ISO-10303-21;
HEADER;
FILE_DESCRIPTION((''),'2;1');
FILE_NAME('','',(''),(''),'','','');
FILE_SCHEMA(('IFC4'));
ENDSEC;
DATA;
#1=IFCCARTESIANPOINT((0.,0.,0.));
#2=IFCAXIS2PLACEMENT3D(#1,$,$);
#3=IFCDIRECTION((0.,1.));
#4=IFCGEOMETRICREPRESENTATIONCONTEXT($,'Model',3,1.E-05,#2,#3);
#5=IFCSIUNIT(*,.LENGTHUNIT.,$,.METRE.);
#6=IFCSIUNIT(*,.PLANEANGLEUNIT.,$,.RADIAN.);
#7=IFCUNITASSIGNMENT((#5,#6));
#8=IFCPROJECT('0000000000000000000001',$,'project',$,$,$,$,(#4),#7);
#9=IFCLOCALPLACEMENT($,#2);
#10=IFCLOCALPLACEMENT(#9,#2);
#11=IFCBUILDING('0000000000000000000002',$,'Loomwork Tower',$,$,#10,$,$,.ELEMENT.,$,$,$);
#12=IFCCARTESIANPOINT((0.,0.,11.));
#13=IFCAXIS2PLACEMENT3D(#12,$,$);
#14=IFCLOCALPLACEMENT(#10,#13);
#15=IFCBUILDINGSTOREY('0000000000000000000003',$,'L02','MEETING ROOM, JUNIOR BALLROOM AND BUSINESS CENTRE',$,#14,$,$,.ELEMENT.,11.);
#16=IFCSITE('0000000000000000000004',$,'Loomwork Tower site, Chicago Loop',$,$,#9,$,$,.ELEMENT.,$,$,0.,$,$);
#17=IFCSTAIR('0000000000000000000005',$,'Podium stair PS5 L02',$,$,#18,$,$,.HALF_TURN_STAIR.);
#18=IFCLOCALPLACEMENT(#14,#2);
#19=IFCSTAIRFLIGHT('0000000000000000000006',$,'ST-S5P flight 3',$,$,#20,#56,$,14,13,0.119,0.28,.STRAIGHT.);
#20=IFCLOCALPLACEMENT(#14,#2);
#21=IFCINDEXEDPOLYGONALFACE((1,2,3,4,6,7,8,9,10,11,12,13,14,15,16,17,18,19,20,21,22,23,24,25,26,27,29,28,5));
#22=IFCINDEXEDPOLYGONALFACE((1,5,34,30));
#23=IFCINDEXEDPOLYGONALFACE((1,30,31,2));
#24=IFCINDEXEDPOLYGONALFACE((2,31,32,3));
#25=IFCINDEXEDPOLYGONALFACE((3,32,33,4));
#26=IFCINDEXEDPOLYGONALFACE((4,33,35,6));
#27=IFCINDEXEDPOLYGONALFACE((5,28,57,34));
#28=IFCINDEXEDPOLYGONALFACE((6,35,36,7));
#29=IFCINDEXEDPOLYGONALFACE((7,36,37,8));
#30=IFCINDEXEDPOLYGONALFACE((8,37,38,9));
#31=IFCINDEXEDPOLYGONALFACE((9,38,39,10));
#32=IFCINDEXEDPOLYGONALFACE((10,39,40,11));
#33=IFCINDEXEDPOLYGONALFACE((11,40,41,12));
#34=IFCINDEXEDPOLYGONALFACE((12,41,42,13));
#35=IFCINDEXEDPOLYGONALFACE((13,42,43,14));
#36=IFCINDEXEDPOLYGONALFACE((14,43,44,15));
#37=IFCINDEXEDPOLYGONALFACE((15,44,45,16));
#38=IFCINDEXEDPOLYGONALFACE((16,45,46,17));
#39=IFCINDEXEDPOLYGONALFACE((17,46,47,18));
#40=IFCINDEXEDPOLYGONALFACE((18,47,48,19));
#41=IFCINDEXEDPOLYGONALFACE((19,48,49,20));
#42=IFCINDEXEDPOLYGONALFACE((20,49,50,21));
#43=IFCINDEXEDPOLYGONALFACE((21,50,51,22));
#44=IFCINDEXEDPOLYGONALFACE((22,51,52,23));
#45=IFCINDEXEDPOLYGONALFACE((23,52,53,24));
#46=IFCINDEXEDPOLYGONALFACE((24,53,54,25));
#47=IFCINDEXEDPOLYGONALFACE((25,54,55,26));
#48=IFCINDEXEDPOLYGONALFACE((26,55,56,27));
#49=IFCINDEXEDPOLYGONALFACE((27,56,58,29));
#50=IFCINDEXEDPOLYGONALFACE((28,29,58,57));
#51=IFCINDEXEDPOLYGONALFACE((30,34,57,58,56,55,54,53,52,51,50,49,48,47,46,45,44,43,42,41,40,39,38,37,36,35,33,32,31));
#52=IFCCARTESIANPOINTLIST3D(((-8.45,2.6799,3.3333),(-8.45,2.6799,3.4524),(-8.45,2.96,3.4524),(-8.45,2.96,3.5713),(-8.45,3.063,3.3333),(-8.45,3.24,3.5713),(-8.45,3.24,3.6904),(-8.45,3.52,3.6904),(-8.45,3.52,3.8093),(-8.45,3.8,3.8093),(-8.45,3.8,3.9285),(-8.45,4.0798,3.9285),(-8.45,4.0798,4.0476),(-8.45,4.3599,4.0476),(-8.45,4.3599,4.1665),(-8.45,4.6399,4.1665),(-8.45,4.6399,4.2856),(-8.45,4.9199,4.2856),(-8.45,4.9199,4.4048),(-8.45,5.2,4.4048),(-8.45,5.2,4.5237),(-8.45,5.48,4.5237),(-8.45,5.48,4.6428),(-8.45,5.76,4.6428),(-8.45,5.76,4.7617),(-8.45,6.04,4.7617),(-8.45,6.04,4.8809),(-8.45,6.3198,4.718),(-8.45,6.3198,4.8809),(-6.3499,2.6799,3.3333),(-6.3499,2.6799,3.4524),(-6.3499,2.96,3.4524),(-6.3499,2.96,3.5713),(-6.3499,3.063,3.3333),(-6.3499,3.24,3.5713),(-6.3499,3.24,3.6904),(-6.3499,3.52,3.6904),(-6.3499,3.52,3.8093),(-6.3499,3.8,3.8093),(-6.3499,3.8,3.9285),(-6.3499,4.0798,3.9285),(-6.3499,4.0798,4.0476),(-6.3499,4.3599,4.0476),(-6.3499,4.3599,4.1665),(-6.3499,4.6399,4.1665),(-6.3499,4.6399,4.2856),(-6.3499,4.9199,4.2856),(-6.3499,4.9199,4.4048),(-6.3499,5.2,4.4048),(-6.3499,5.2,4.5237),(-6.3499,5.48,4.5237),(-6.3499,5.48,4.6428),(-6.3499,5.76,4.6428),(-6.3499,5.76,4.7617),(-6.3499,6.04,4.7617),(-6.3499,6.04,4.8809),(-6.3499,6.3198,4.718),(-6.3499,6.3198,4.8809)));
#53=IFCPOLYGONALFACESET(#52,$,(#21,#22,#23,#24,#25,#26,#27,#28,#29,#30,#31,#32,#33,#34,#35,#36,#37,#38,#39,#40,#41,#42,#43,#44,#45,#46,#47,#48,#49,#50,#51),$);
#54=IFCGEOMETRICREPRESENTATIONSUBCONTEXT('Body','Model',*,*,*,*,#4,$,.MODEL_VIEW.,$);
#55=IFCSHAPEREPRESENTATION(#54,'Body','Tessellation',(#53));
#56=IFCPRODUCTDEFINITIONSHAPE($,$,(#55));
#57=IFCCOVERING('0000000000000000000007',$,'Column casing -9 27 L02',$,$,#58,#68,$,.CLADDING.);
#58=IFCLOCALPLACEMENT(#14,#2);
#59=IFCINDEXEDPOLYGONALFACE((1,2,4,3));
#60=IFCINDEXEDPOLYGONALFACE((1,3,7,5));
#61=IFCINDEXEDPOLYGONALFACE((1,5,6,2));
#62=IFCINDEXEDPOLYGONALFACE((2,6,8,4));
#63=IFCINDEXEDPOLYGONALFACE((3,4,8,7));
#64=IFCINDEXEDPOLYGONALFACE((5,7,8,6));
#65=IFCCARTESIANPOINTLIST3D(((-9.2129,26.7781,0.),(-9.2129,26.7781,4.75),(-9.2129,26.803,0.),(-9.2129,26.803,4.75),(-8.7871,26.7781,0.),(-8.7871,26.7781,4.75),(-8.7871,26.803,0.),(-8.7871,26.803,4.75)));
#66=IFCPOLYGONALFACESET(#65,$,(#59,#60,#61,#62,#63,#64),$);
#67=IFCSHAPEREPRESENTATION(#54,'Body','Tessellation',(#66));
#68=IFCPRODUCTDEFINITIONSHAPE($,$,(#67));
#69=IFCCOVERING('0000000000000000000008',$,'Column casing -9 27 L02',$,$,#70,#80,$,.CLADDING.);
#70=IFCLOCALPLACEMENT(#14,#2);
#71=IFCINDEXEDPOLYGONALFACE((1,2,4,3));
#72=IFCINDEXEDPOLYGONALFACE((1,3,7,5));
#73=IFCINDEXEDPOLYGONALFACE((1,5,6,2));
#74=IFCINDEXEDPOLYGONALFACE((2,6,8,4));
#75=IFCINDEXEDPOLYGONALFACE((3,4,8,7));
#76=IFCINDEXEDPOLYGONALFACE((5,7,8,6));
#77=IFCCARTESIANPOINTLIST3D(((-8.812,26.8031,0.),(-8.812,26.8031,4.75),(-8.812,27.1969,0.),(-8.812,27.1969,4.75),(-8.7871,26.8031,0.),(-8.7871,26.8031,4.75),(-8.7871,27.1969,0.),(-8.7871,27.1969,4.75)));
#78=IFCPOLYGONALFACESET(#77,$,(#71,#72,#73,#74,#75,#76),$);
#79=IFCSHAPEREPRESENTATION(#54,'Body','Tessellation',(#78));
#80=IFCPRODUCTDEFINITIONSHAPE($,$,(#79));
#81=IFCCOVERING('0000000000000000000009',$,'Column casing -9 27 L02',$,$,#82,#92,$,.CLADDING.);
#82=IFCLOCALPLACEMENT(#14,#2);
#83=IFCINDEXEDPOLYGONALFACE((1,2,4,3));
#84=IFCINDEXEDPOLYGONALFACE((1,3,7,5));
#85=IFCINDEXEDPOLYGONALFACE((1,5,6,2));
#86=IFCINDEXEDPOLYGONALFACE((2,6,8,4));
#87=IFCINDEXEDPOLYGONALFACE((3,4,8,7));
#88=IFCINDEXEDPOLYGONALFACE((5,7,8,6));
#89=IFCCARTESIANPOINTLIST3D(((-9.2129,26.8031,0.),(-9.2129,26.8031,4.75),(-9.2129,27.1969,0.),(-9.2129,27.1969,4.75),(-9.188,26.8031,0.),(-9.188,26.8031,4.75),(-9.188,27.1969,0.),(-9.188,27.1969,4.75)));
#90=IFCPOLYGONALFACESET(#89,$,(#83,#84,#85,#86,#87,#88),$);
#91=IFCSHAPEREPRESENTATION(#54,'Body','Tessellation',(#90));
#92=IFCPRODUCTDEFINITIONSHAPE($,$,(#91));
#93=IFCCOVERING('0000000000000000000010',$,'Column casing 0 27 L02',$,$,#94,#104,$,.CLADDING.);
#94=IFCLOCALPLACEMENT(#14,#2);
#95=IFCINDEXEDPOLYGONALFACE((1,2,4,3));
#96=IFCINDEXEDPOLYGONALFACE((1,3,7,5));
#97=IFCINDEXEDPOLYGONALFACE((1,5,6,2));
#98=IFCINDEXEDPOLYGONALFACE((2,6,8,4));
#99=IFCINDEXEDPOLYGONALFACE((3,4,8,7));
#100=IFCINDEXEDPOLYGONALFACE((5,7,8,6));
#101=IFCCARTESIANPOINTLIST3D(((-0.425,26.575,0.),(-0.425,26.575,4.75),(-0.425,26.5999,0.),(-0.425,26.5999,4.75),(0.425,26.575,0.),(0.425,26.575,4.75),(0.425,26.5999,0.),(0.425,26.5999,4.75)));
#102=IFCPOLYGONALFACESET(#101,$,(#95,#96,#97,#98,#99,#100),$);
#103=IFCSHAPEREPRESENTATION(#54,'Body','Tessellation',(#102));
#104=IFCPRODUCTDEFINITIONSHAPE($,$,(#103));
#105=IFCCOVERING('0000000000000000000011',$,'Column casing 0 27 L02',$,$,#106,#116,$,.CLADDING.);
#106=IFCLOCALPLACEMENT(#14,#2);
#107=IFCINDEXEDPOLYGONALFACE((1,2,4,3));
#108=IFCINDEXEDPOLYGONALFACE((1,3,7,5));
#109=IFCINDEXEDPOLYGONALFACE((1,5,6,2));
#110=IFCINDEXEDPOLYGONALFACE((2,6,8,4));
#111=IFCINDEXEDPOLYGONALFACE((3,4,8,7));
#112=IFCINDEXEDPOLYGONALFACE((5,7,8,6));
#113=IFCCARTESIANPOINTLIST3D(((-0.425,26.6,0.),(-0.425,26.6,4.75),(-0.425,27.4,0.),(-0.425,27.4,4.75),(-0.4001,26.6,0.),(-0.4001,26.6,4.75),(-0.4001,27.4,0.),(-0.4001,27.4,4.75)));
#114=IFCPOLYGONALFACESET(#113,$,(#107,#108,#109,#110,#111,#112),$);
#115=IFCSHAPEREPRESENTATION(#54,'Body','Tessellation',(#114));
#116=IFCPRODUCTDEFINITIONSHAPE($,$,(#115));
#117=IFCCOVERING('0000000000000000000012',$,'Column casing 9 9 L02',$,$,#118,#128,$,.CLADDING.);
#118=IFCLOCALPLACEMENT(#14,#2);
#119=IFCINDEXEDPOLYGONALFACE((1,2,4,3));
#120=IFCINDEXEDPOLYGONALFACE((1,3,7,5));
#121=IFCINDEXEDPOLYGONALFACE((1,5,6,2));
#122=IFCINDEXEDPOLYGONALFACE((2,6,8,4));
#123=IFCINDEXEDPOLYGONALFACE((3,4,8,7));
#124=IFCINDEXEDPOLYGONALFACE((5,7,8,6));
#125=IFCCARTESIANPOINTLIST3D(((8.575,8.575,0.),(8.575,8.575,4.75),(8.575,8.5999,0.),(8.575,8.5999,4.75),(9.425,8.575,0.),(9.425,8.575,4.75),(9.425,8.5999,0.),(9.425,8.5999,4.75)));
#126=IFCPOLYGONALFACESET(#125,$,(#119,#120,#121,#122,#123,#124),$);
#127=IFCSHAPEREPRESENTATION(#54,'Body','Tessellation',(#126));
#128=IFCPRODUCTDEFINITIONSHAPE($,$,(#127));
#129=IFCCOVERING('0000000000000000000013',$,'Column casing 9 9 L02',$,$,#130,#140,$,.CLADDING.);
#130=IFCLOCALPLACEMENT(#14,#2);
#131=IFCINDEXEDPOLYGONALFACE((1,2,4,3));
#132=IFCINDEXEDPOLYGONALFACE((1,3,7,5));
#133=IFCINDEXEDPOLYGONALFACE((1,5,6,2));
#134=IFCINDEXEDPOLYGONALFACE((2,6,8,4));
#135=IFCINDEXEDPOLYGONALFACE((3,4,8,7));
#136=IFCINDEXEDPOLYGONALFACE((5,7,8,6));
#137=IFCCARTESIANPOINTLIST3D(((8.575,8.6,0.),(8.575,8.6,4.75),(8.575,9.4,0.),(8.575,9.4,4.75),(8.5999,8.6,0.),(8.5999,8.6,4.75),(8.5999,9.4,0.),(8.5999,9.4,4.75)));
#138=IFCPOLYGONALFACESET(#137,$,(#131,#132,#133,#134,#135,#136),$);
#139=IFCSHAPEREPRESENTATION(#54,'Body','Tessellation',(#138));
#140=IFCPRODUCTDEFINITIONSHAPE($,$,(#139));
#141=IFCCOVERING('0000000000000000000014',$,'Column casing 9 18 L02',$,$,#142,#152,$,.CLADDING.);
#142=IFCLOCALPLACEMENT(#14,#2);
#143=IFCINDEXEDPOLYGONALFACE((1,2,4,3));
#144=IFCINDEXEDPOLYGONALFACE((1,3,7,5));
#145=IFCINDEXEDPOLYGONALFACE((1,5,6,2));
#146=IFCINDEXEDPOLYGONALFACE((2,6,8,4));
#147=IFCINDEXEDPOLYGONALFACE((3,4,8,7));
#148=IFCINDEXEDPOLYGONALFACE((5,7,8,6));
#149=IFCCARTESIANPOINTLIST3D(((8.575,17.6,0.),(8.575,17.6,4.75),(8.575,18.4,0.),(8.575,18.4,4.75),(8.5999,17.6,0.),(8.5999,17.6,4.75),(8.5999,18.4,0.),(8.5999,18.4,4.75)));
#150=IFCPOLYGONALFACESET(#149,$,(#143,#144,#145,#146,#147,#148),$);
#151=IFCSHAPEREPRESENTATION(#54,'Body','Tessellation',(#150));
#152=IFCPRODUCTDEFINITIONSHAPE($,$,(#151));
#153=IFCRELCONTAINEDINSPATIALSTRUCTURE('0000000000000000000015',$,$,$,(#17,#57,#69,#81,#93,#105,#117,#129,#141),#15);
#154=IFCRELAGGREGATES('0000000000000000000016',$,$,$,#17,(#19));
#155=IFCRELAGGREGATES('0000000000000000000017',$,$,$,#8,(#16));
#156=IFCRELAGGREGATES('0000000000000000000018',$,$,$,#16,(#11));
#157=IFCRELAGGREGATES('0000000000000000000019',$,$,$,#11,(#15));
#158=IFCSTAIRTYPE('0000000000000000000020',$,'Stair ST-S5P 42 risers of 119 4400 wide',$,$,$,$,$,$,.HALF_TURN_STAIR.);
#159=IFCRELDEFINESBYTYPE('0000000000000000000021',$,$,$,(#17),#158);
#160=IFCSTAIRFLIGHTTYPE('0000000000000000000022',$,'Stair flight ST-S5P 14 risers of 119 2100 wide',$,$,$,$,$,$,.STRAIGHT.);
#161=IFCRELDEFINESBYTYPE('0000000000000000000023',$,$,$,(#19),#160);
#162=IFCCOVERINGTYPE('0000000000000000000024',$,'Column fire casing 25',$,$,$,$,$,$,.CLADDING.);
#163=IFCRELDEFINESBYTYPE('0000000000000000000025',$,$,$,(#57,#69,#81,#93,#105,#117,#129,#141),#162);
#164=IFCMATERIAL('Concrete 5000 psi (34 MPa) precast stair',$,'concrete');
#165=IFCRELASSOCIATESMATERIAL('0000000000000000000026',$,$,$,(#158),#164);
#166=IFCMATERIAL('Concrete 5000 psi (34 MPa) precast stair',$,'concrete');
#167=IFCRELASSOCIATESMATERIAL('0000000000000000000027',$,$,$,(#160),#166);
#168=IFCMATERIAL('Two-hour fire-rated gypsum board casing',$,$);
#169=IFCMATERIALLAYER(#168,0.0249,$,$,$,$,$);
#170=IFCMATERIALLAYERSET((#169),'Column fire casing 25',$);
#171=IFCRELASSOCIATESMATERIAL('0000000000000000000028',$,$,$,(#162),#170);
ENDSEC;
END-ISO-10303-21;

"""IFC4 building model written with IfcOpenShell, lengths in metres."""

from ifc_helpers import new_model, si_unit, direction, frame, origin, origin_2d, place, context, subcontext, project, spatial, polyline, rectangle, outline, extrude, material, layer, layer_set, type_object, element, aggregate, save


model = new_model("IFC4")

# Units and contexts
model_context = context("Model", 3, precision=1e-05, world=origin(), true_north=direction((0.0, 1.0)))
body_context = subcontext(model_context, "Body", "Model", "MODEL_VIEW")
ifc_project = project(units=[si_unit("LENGTHUNIT", "METRE"), si_unit("PLANEANGLEUNIT", "RADIAN")], contexts=[model_context])

# Site, building, storey
site_placement = place(None, origin())
site = spatial("IfcSite", under=ifc_project, at=site_placement, Name="Loomwork Tower site, Chicago Loop", CompositionType="ELEMENT", RefElevation=0.0)
building_placement = place(site_placement, origin())
building = spatial("IfcBuilding", under=site, at=building_placement, Name="Loomwork Tower", CompositionType="ELEMENT")
storey_placement = place(building_placement, frame((0.0, 0.0, 11.0)))
storey = spatial("IfcBuildingStorey", under=building, at=storey_placement, Name="L02", Description="MEETING ROOM, JUNIOR BALLROOM AND BUSINESS CENTRE", CompositionType="ELEMENT", Elevation=11.0)

# Stair, stair flight
ifc_material_1 = material(Name="Concrete 5000 psi (34 MPa) precast stair", Category="concrete")
stair_type = type_object("IfcStairType", Name="Stair ST-S5P 42 risers of 119 4400 wide", PredefinedType="HALF_TURN_STAIR", material=ifc_material_1)
stair_placement = place(storey_placement, origin())
stair = element("IfcStair", 1, at=stair_placement, inside=storey, type_object=stair_type, Name="Podium stair PS5 L02", PredefinedType="HALF_TURN_STAIR")
ifc_material_2 = material(Name="Concrete 5000 psi (34 MPa) precast stair", Category="concrete")
stair_flight_type = type_object("IfcStairFlightType", Name="Stair flight ST-S5P 14 risers of 119 2100 wide", PredefinedType="STRAIGHT", material=ifc_material_2)
stair_flight_1_placement = place(storey_placement, frame((-7.3999, 2.6799, 3.3333), z_axis=(0.0, 0.0, 1.0), x_axis=(0.0, 1.0, 0.0)))
stair_flight_1 = element("IfcStairFlight", 2, at=stair_flight_1_placement, type_object=stair_flight_type, Name="ST-S5P flight 3", NumberOfRisers=14, NumberOfTreads=13, PredefinedType="STRAIGHT", RiserHeight=0.119, TreadLength=0.28, context=body_context, shape_type="SweptSolid", body=[
    extrude(outline(polyline([(0.0, 0.0), (0.0, 0.1191), (0.28, 0.1191), (0.28, 0.238), (0.5601, 0.238), (0.5601, 0.3572), (0.8401, 0.3572), (0.8401, 0.4761), (1.1201, 0.4761), (1.1201, 0.5952), (1.3999, 0.5952), (1.3999, 0.7144), (1.6799, 0.7144), (1.6799, 0.8333), (1.96, 0.8333), (1.96, 0.9524), (2.24, 0.9524), (2.24, 1.0715), (2.52, 1.0715), (2.52, 1.1904), (2.8, 1.1904), (2.8, 1.3096), (3.0801, 1.3096), (3.0801, 1.4285), (3.3601, 1.4285), (3.3601, 1.5476), (3.6399, 1.5476), (3.6399, 1.6667), (3.6399, 1.3848), (0.3831, 0.0), (0.0, 0.0)])), frame((0.0, 1.05, 0.0), z_axis=(0.0, -1.0, 0.0), x_axis=(1.0, 0.0, 0.0)), (0.0, 0.0, 1.0), 2.1001),
])
aggregate(stair, [stair_flight_1])

# Coverings
ifc_material_3 = material(Name="Two-hour fire-rated gypsum board casing")
ifc_layer_1 = layer(ifc_material_3, 0.0249)
ifc_layer_set_1 = layer_set([ifc_layer_1], Name="Column fire casing 25")
covering_type = type_object("IfcCoveringType", Name="Column fire casing 25", PredefinedType="CLADDING", material=ifc_layer_set_1)
covering_1_placement = place(storey_placement, frame((-9.0, 26.7905, 0.0), z_axis=(0.0, 0.0, 1.0), x_axis=(1.0, 0.0, 0.0)))
element("IfcCovering", 3, at=covering_1_placement, inside=storey, type_object=covering_type, Name="Column casing -9 27 L02", PredefinedType="CLADDING", context=body_context, shape_type="SweptSolid", body=[
    extrude(rectangle(XDim=0.4258, YDim=0.0249, at=origin_2d()), origin(), (0.0, 0.0, 1.0), 4.75),
])
for number, where, z_axis, x_axis, name in (
    (4, (-8.7996, 27.0, 0.0), (0.0, 0.0, 1.0), (1.0, 0.0, 0.0), "Column casing -9 27 L02"),
    (5, (-9.2004, 27.0, 0.0), (0.0, 0.0, 1.0), (1.0, 0.0, 0.0), "Column casing -9 27 L02"),
):
    element("IfcCovering", number, at=place(storey_placement, frame(where, z_axis=z_axis, x_axis=x_axis)), inside=storey, type_object=covering_type, Name=name, PredefinedType="CLADDING", context=body_context, shape_type="SweptSolid", body=[
        extrude(rectangle(XDim=0.0249, YDim=0.3938, at=origin_2d()), origin(), (0.0, 0.0, 1.0), 4.75),
    ])
covering_2_placement = place(storey_placement, frame((0.0, 26.5874, 0.0), z_axis=(0.0, 0.0, 1.0), x_axis=(1.0, 0.0, 0.0)))
element("IfcCovering", 6, at=covering_2_placement, inside=storey, type_object=covering_type, Name="Column casing 0 27 L02", PredefinedType="CLADDING", context=body_context, shape_type="SweptSolid", body=[
    extrude(rectangle(XDim=0.8501, YDim=0.0249, at=origin_2d()), origin(), (0.0, 0.0, 1.0), 4.75),
])
covering_3_placement = place(storey_placement, frame((-0.4126, 27.0, 0.0), z_axis=(0.0, 0.0, 1.0), x_axis=(1.0, 0.0, 0.0)))
element("IfcCovering", 7, at=covering_3_placement, inside=storey, type_object=covering_type, Name="Column casing 0 27 L02", PredefinedType="CLADDING", context=body_context, shape_type="SweptSolid", body=[
    extrude(rectangle(XDim=0.0249, YDim=0.8, at=origin_2d()), origin(), (0.0, 0.0, 1.0), 4.75),
])
covering_4_placement = place(storey_placement, frame((9.0, 8.5874, 0.0), z_axis=(0.0, 0.0, 1.0), x_axis=(1.0, 0.0, 0.0)))
element("IfcCovering", 8, at=covering_4_placement, inside=storey, type_object=covering_type, Name="Column casing 9 9 L02", PredefinedType="CLADDING", context=body_context, shape_type="SweptSolid", body=[
    extrude(rectangle(XDim=0.8501, YDim=0.0249, at=origin_2d()), origin(), (0.0, 0.0, 1.0), 4.75),
])
for number, where, z_axis, x_axis, name in (
    (9, (8.5874, 9.0, 0.0), (0.0, 0.0, 1.0), (1.0, 0.0, 0.0), "Column casing 9 9 L02"),
    (10, (8.5874, 18.0, 0.0), (0.0, 0.0, 1.0), (1.0, 0.0, 0.0), "Column casing 9 18 L02"),
):
    element("IfcCovering", number, at=place(storey_placement, frame(where, z_axis=z_axis, x_axis=x_axis)), inside=storey, type_object=covering_type, Name=name, PredefinedType="CLADDING", context=body_context, shape_type="SweptSolid", body=[
        extrude(rectangle(XDim=0.0249, YDim=0.8, at=origin_2d()), origin(), (0.0, 0.0, 1.0), 4.75),
    ])

save(model, "model.ifc")
